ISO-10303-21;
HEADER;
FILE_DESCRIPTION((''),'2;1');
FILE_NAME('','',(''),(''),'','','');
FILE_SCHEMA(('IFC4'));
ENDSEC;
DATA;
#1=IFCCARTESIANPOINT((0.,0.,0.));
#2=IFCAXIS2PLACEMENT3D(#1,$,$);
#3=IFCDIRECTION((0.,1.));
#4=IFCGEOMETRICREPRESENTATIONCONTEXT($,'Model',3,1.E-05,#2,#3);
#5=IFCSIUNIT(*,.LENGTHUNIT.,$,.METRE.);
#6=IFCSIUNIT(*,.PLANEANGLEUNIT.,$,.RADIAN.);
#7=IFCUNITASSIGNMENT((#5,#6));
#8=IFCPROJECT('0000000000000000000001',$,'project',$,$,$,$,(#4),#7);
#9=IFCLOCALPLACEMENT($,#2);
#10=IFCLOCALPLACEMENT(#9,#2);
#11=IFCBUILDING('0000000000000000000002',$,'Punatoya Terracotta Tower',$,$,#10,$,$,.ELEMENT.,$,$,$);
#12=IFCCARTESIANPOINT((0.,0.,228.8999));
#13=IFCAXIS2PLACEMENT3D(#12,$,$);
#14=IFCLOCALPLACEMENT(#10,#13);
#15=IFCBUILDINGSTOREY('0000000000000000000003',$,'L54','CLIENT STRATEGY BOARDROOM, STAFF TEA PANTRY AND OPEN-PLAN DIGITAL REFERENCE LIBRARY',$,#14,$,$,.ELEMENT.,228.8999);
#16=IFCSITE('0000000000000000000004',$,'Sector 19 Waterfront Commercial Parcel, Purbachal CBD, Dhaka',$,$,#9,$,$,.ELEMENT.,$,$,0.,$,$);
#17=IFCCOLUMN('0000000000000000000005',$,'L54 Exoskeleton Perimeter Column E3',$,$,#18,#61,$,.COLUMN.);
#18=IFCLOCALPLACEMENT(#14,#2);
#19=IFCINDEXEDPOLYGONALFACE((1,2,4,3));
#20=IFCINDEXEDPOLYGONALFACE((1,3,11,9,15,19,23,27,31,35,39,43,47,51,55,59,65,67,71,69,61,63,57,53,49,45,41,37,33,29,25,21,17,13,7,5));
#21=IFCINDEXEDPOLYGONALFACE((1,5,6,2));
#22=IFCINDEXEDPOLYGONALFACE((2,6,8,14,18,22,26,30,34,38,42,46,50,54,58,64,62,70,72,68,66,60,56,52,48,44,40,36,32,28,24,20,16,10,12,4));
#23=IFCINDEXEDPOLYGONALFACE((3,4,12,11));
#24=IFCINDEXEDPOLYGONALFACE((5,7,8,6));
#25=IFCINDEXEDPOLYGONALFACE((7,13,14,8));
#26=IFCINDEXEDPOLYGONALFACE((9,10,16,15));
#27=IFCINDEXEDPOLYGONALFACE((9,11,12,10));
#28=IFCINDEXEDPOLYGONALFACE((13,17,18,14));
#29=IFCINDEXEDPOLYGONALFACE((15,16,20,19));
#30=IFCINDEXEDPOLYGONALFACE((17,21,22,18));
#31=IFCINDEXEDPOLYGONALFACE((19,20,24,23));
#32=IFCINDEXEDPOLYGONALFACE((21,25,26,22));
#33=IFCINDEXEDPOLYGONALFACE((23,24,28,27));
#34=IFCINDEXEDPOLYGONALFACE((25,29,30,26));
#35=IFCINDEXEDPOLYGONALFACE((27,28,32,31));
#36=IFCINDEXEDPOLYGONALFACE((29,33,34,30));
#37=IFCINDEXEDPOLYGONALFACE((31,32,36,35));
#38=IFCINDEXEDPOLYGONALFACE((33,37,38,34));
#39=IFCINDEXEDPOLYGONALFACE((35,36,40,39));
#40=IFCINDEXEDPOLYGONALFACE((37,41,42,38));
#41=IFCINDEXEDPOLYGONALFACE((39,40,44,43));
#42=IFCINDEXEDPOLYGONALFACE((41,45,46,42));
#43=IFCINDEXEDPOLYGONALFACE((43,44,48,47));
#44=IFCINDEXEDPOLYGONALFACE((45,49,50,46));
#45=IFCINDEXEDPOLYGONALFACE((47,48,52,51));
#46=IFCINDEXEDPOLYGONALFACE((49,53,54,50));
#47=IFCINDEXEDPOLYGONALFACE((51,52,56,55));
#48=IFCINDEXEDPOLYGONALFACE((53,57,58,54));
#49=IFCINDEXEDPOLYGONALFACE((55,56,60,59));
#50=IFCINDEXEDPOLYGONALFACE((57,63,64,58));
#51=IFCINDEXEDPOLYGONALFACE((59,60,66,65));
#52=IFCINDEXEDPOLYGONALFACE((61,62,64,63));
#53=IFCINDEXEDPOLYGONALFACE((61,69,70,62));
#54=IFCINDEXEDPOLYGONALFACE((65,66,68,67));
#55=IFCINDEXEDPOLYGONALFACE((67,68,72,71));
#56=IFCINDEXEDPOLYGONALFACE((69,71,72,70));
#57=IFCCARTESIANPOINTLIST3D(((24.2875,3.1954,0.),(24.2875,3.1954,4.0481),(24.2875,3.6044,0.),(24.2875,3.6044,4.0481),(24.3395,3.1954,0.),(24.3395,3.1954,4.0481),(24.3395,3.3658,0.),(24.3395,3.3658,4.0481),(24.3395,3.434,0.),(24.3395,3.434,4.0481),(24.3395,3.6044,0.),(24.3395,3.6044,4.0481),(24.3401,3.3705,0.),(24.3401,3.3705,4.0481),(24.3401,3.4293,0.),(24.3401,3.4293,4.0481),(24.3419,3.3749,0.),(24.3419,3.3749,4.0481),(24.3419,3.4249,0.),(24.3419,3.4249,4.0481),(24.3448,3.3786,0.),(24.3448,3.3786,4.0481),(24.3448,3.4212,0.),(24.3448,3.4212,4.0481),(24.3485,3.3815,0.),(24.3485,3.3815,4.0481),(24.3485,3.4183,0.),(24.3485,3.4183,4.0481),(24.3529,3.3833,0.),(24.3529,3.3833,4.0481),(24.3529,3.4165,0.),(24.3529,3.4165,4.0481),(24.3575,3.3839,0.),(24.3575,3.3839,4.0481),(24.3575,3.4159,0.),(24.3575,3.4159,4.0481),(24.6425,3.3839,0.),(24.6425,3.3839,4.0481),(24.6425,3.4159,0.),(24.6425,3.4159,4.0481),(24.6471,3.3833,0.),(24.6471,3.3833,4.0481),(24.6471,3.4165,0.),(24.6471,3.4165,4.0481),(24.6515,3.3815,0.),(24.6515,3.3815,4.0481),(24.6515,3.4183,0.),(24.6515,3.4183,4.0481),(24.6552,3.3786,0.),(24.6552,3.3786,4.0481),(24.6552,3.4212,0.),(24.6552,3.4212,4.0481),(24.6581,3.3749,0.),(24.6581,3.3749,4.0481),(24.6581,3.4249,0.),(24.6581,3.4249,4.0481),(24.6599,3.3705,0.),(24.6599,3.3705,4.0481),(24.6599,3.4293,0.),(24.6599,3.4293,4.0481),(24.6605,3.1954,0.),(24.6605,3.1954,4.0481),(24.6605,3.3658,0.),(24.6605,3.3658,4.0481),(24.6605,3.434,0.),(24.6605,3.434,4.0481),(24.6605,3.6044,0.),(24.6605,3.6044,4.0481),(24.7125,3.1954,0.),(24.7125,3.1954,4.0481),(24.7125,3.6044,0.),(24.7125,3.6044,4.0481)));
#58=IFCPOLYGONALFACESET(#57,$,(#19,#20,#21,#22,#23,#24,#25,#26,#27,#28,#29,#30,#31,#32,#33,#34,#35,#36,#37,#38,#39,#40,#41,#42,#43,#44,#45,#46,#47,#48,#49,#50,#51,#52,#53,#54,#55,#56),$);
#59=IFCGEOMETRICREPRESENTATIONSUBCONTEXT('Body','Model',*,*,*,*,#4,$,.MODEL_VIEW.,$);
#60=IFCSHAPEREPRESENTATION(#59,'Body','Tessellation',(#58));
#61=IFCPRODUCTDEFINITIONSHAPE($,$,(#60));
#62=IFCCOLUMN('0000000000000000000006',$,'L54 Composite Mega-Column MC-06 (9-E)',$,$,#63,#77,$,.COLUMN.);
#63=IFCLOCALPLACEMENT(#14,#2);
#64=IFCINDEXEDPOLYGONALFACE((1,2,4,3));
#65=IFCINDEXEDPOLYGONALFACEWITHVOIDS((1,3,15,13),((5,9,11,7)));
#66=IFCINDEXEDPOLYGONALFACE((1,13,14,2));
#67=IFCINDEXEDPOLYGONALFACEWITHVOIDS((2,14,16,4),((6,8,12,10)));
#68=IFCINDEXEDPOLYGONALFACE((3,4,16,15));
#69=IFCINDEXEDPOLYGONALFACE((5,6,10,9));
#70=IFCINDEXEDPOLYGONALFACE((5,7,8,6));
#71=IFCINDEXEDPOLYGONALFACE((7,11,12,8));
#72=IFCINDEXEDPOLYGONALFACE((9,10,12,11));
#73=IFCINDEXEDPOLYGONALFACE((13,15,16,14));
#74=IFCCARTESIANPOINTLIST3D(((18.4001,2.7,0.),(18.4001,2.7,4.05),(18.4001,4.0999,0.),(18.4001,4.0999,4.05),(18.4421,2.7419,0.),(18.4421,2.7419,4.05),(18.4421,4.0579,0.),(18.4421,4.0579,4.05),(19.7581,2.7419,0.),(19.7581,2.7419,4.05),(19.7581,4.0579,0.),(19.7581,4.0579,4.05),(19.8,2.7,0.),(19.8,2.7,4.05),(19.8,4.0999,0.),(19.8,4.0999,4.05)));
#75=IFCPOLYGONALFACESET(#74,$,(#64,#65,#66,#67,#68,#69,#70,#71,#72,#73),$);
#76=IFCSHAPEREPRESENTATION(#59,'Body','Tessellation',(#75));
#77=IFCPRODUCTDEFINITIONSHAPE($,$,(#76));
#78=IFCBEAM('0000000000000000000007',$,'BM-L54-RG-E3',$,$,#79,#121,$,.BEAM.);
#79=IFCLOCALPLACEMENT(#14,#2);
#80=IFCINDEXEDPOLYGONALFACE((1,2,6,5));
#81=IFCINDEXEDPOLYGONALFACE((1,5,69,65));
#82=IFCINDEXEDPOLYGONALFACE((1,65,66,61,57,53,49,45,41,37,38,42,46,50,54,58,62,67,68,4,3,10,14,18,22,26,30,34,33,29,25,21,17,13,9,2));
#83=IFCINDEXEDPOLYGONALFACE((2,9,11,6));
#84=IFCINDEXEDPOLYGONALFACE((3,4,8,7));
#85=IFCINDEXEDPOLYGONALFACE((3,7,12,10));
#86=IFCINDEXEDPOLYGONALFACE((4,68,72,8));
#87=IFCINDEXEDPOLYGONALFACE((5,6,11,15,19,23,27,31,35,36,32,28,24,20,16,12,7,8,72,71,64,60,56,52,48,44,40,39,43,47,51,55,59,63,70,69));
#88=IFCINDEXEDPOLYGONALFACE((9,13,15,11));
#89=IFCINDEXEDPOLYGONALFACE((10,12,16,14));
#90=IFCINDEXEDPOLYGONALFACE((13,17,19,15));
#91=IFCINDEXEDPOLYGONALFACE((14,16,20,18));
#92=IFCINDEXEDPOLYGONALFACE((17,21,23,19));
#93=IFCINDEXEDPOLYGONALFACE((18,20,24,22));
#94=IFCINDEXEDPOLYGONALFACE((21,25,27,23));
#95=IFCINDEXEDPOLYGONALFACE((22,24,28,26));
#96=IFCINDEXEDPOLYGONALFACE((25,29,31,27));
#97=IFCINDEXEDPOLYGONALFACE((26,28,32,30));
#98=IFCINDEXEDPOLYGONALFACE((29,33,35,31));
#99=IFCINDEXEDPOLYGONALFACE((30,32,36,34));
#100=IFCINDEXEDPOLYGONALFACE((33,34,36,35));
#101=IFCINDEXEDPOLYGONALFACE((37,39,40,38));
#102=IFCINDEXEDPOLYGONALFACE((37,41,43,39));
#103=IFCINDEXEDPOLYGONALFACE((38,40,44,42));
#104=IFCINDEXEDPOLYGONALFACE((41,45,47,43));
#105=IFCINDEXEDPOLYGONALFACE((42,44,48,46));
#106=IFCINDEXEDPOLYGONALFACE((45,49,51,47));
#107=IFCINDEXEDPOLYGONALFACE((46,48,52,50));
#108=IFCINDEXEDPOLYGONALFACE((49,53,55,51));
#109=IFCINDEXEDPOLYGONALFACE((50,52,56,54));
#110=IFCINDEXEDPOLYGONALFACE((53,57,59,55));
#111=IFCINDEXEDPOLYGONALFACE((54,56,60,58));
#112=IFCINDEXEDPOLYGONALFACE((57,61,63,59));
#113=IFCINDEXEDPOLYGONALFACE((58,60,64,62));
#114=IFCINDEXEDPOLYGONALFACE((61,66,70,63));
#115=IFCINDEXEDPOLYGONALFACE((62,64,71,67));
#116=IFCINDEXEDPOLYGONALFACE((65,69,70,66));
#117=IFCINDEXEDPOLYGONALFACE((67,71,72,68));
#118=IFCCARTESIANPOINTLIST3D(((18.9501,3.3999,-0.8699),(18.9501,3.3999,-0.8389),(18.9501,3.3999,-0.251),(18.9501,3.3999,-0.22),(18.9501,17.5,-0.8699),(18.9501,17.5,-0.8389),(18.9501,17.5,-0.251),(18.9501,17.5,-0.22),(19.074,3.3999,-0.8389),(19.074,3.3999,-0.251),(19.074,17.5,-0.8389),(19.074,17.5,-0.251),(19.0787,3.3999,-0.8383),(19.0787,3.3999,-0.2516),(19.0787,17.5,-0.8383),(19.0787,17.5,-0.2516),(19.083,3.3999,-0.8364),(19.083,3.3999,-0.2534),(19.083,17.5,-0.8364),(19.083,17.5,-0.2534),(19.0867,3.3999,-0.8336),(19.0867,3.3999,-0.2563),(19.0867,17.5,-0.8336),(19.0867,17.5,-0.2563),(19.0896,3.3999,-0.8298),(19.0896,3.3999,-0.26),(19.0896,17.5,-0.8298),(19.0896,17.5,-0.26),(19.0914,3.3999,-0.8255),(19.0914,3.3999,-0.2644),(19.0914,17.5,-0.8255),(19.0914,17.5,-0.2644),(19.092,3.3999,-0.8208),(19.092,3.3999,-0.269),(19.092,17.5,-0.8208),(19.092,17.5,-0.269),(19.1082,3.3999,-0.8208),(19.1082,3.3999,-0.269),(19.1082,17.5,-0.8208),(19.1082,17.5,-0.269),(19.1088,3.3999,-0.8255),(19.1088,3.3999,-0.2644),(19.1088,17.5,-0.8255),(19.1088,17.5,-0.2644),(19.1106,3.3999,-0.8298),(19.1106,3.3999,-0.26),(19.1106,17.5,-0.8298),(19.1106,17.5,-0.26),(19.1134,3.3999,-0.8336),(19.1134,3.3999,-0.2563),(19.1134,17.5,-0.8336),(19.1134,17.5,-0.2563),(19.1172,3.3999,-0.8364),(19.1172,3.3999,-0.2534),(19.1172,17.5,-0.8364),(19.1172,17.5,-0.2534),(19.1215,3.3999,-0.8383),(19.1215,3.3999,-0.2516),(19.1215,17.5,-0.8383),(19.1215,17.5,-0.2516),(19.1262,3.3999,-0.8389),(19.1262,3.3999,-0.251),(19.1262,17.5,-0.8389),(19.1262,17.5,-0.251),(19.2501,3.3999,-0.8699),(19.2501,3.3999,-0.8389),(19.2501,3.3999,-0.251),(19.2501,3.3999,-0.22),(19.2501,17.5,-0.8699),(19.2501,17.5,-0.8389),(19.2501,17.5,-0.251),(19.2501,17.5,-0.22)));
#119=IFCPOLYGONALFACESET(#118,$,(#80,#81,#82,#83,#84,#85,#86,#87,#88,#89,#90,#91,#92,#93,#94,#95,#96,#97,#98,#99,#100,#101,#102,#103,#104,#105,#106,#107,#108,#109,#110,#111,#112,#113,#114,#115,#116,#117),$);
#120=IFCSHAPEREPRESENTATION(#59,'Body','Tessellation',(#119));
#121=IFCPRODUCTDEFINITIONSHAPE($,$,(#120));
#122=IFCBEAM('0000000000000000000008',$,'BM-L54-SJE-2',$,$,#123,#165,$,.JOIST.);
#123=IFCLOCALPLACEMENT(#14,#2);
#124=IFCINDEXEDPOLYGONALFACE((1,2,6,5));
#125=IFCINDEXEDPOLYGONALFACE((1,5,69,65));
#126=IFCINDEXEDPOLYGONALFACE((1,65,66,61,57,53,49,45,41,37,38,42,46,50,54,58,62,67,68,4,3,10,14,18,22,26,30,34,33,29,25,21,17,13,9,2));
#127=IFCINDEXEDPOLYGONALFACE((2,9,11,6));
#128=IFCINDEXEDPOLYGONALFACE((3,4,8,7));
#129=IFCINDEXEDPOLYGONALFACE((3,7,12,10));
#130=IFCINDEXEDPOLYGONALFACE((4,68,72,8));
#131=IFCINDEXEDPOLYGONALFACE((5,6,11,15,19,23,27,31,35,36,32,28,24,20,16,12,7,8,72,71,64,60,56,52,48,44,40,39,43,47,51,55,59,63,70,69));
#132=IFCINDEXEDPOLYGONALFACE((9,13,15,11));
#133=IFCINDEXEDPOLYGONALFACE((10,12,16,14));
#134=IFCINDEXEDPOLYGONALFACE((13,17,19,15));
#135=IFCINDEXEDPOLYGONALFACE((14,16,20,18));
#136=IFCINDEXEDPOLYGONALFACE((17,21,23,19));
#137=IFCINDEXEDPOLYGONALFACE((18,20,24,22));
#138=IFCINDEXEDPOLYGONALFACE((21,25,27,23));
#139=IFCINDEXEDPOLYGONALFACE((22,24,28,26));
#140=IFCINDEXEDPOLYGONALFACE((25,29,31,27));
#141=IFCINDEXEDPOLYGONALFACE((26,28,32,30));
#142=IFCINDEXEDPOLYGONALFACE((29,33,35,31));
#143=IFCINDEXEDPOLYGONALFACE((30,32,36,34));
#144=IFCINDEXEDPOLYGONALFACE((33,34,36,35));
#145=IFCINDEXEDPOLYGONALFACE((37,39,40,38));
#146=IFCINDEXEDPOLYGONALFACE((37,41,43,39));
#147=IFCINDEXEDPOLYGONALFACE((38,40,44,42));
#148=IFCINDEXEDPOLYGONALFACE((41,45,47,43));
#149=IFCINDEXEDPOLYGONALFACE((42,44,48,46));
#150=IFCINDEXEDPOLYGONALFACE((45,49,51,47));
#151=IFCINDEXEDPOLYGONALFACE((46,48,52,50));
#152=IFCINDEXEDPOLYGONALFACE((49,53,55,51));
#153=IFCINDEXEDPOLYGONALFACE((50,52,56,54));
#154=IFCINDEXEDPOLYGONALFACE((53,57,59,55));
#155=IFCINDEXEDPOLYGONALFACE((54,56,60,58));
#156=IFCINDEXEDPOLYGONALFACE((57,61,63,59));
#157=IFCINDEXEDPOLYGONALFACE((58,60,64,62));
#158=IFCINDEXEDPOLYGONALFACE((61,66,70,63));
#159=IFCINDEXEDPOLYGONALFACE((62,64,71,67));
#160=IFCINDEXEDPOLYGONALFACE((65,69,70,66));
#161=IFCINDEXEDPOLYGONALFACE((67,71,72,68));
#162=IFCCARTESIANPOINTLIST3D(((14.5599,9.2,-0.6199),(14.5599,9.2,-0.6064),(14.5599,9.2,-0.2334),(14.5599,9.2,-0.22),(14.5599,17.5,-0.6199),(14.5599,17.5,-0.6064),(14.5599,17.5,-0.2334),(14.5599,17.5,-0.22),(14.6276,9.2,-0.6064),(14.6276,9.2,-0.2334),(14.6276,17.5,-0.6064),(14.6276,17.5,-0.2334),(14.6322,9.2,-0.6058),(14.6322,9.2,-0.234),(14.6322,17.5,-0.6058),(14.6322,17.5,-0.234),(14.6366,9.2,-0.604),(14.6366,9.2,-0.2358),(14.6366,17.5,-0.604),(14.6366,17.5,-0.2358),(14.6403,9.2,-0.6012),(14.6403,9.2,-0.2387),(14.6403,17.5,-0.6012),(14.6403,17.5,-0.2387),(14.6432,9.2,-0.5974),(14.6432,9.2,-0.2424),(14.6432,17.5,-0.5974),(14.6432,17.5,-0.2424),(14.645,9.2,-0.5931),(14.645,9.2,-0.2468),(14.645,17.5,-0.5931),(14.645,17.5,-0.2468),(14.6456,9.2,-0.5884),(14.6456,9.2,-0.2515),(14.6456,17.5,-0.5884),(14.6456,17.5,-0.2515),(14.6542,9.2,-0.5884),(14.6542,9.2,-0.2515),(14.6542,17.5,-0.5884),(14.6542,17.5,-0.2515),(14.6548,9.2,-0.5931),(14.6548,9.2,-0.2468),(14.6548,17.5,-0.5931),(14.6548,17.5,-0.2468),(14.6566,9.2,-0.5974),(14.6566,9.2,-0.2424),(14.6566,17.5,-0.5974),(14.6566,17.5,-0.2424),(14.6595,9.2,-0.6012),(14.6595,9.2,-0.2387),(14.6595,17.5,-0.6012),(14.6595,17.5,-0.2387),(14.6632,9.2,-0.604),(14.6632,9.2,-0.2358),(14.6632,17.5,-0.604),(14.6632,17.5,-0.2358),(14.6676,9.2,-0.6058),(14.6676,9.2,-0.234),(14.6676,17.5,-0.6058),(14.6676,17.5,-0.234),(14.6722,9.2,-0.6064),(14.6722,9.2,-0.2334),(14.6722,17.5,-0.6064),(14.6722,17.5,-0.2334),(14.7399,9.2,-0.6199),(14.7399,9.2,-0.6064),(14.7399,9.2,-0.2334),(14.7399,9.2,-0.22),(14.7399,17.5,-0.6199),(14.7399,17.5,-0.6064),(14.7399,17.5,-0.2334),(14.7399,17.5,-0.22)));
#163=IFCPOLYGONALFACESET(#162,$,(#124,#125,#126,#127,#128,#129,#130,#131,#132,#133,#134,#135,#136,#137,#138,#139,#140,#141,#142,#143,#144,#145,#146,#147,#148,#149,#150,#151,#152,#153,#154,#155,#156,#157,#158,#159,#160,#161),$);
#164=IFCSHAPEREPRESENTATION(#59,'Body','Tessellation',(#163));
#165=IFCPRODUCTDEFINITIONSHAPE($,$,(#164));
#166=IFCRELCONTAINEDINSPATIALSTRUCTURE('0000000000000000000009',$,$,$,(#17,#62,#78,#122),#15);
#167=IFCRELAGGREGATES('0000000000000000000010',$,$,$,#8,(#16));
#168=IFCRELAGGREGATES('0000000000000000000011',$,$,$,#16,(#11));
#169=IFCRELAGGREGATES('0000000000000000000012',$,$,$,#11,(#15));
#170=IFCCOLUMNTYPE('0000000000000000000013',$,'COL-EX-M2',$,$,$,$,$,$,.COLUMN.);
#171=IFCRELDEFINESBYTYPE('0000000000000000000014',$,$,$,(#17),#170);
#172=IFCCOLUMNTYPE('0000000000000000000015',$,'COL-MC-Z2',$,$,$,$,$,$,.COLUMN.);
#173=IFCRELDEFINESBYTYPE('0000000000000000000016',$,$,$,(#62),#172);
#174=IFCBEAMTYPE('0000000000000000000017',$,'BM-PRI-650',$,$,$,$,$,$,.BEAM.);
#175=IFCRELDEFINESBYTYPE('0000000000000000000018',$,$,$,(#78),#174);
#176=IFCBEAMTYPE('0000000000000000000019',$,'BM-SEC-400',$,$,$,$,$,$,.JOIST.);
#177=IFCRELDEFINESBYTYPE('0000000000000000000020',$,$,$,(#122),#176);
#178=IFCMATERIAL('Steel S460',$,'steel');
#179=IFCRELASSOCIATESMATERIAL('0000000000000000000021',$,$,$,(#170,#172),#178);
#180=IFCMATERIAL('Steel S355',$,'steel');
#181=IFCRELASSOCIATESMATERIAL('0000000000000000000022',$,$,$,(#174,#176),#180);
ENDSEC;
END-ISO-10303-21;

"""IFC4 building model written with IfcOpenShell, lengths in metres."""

from ifc_helpers import new_model, si_unit, direction, frame, origin, origin_2d, place, context, subcontext, project, spatial, hollow_rectangle, i_section, extrude, material, material_profile, profile_set, type_object, element, save


model = new_model("IFC4")

# Units and contexts
model_context = context("Model", 3, precision=1e-05, world=origin(), true_north=direction((0.0, 1.0)))
body_context = subcontext(model_context, "Body", "Model", "MODEL_VIEW")
ifc_project = project(units=[si_unit("LENGTHUNIT", "METRE"), si_unit("PLANEANGLEUNIT", "RADIAN")], contexts=[model_context])

# Site, building, storey
site_placement = place(None, origin())
site = spatial("IfcSite", under=ifc_project, at=site_placement, Name="Sector 19 Waterfront Commercial Parcel, Purbachal CBD, Dhaka", CompositionType="ELEMENT", RefElevation=0.0)
building_placement = place(site_placement, origin())
building = spatial("IfcBuilding", under=site, at=building_placement, Name="Punatoya Terracotta Tower", CompositionType="ELEMENT")
storey_placement = place(building_placement, frame((0.0, 0.0, 228.8999)))
storey = spatial("IfcBuildingStorey", under=building, at=storey_placement, Name="L54", Description="CLIENT STRATEGY BOARDROOM, STAFF TEA PANTRY AND OPEN-PLAN DIGITAL REFERENCE LIBRARY", CompositionType="ELEMENT", Elevation=228.8999)

# Columns
ifc_material_1 = material(Name="Steel S460", Category="steel")
ifc_material_profile_1 = material_profile(ifc_material_1, i_section(OverallWidth=0.4089, OverallDepth=0.425, WebThickness=0.032, FlangeThickness=0.052, FilletRadius=0.0181, at=origin_2d()))
ifc_profile_set_1 = profile_set([ifc_material_profile_1], Name="Steel S460")
column_type_1 = type_object("IfcColumnType", Name="COL-EX-M2", PredefinedType="COLUMN", material=ifc_profile_set_1)
column_1_placement = place(storey_placement, frame((24.5, 3.3999, 0.0), z_axis=(0.0, 0.0, 1.0), x_axis=(0.0, 1.0, 0.0)))
element("IfcColumn", 1, at=column_1_placement, inside=storey, type_object=column_type_1, Name="L54 Exoskeleton Perimeter Column E3", PredefinedType="COLUMN", context=body_context, shape_type="SweptSolid", body=[
    extrude(i_section(OverallWidth=0.4089, OverallDepth=0.425, WebThickness=0.032, FlangeThickness=0.052, FilletRadius=0.0181, at=origin_2d()), origin(), (0.0, 0.0, 1.0), 4.0481),
])
ifc_material_profile_2 = material_profile(ifc_material_1, hollow_rectangle(XDim=1.3999, YDim=1.3999, WallThickness=0.042, at=origin_2d()))
ifc_profile_set_2 = profile_set([ifc_material_profile_2], Name="Steel S460")
column_type_2 = type_object("IfcColumnType", Name="COL-MC-Z2", PredefinedType="COLUMN", material=ifc_profile_set_2)
column_2_placement = place(storey_placement, frame((19.1001, 3.3999, 0.0), z_axis=(0.0, 0.0, 1.0), x_axis=(1.0, 0.0, 0.0)))
element("IfcColumn", 2, at=column_2_placement, inside=storey, type_object=column_type_2, Name="L54 Composite Mega-Column MC-06 (9-E)", PredefinedType="COLUMN", context=body_context, shape_type="SweptSolid", body=[
    extrude(hollow_rectangle(XDim=1.3999, YDim=1.3999, WallThickness=0.042, at=origin_2d()), origin(), (0.0, 0.0, 1.0), 4.05),
])

# Beams
ifc_material_2 = material(Name="Steel S355", Category="steel")
ifc_material_profile_3 = material_profile(ifc_material_2, i_section(OverallWidth=0.3, OverallDepth=0.6499, WebThickness=0.0161, FlangeThickness=0.031, FilletRadius=0.0181, at=origin_2d()))
ifc_profile_set_3 = profile_set([ifc_material_profile_3], Name="Steel S355")
beam_type_1 = type_object("IfcBeamType", Name="BM-PRI-650", PredefinedType="BEAM", material=ifc_profile_set_3)
beam_1_placement = place(storey_placement, frame((19.1001, 3.3999, -0.5449), z_axis=(0.0, 1.0, 0.0), x_axis=(-1.0, 0.0, 0.0)))
element("IfcBeam", 3, at=beam_1_placement, inside=storey, type_object=beam_type_1, Name="BM-L54-RG-E3", PredefinedType="BEAM", context=body_context, shape_type="SweptSolid", body=[
    extrude(i_section(OverallWidth=0.3, OverallDepth=0.6499, WebThickness=0.0161, FlangeThickness=0.031, FilletRadius=0.0181, at=origin_2d()), origin(), (0.0, 0.0, 1.0), 14.1001),
])
ifc_material_profile_4 = material_profile(ifc_material_2, i_section(OverallWidth=0.1799, OverallDepth=0.3999, WebThickness=0.0085, FlangeThickness=0.0134, FilletRadius=0.0181, at=origin_2d()))
ifc_profile_set_4 = profile_set([ifc_material_profile_4], Name="Steel S355")
beam_type_2 = type_object("IfcBeamType", Name="BM-SEC-400", PredefinedType="JOIST", material=ifc_profile_set_4)
beam_2_placement = place(storey_placement, frame((14.6499, 9.2, -0.4199), z_axis=(0.0, 1.0, 0.0), x_axis=(-1.0, 0.0, 0.0)))
element("IfcBeam", 4, at=beam_2_placement, inside=storey, type_object=beam_type_2, Name="BM-L54-SJE-2", PredefinedType="JOIST", context=body_context, shape_type="SweptSolid", body=[
    extrude(i_section(OverallWidth=0.1799, OverallDepth=0.3999, WebThickness=0.0085, FlangeThickness=0.0134, FilletRadius=0.0181, at=origin_2d()), origin(), (0.0, 0.0, 1.0), 8.3),
])

save(model, "model.ifc")
